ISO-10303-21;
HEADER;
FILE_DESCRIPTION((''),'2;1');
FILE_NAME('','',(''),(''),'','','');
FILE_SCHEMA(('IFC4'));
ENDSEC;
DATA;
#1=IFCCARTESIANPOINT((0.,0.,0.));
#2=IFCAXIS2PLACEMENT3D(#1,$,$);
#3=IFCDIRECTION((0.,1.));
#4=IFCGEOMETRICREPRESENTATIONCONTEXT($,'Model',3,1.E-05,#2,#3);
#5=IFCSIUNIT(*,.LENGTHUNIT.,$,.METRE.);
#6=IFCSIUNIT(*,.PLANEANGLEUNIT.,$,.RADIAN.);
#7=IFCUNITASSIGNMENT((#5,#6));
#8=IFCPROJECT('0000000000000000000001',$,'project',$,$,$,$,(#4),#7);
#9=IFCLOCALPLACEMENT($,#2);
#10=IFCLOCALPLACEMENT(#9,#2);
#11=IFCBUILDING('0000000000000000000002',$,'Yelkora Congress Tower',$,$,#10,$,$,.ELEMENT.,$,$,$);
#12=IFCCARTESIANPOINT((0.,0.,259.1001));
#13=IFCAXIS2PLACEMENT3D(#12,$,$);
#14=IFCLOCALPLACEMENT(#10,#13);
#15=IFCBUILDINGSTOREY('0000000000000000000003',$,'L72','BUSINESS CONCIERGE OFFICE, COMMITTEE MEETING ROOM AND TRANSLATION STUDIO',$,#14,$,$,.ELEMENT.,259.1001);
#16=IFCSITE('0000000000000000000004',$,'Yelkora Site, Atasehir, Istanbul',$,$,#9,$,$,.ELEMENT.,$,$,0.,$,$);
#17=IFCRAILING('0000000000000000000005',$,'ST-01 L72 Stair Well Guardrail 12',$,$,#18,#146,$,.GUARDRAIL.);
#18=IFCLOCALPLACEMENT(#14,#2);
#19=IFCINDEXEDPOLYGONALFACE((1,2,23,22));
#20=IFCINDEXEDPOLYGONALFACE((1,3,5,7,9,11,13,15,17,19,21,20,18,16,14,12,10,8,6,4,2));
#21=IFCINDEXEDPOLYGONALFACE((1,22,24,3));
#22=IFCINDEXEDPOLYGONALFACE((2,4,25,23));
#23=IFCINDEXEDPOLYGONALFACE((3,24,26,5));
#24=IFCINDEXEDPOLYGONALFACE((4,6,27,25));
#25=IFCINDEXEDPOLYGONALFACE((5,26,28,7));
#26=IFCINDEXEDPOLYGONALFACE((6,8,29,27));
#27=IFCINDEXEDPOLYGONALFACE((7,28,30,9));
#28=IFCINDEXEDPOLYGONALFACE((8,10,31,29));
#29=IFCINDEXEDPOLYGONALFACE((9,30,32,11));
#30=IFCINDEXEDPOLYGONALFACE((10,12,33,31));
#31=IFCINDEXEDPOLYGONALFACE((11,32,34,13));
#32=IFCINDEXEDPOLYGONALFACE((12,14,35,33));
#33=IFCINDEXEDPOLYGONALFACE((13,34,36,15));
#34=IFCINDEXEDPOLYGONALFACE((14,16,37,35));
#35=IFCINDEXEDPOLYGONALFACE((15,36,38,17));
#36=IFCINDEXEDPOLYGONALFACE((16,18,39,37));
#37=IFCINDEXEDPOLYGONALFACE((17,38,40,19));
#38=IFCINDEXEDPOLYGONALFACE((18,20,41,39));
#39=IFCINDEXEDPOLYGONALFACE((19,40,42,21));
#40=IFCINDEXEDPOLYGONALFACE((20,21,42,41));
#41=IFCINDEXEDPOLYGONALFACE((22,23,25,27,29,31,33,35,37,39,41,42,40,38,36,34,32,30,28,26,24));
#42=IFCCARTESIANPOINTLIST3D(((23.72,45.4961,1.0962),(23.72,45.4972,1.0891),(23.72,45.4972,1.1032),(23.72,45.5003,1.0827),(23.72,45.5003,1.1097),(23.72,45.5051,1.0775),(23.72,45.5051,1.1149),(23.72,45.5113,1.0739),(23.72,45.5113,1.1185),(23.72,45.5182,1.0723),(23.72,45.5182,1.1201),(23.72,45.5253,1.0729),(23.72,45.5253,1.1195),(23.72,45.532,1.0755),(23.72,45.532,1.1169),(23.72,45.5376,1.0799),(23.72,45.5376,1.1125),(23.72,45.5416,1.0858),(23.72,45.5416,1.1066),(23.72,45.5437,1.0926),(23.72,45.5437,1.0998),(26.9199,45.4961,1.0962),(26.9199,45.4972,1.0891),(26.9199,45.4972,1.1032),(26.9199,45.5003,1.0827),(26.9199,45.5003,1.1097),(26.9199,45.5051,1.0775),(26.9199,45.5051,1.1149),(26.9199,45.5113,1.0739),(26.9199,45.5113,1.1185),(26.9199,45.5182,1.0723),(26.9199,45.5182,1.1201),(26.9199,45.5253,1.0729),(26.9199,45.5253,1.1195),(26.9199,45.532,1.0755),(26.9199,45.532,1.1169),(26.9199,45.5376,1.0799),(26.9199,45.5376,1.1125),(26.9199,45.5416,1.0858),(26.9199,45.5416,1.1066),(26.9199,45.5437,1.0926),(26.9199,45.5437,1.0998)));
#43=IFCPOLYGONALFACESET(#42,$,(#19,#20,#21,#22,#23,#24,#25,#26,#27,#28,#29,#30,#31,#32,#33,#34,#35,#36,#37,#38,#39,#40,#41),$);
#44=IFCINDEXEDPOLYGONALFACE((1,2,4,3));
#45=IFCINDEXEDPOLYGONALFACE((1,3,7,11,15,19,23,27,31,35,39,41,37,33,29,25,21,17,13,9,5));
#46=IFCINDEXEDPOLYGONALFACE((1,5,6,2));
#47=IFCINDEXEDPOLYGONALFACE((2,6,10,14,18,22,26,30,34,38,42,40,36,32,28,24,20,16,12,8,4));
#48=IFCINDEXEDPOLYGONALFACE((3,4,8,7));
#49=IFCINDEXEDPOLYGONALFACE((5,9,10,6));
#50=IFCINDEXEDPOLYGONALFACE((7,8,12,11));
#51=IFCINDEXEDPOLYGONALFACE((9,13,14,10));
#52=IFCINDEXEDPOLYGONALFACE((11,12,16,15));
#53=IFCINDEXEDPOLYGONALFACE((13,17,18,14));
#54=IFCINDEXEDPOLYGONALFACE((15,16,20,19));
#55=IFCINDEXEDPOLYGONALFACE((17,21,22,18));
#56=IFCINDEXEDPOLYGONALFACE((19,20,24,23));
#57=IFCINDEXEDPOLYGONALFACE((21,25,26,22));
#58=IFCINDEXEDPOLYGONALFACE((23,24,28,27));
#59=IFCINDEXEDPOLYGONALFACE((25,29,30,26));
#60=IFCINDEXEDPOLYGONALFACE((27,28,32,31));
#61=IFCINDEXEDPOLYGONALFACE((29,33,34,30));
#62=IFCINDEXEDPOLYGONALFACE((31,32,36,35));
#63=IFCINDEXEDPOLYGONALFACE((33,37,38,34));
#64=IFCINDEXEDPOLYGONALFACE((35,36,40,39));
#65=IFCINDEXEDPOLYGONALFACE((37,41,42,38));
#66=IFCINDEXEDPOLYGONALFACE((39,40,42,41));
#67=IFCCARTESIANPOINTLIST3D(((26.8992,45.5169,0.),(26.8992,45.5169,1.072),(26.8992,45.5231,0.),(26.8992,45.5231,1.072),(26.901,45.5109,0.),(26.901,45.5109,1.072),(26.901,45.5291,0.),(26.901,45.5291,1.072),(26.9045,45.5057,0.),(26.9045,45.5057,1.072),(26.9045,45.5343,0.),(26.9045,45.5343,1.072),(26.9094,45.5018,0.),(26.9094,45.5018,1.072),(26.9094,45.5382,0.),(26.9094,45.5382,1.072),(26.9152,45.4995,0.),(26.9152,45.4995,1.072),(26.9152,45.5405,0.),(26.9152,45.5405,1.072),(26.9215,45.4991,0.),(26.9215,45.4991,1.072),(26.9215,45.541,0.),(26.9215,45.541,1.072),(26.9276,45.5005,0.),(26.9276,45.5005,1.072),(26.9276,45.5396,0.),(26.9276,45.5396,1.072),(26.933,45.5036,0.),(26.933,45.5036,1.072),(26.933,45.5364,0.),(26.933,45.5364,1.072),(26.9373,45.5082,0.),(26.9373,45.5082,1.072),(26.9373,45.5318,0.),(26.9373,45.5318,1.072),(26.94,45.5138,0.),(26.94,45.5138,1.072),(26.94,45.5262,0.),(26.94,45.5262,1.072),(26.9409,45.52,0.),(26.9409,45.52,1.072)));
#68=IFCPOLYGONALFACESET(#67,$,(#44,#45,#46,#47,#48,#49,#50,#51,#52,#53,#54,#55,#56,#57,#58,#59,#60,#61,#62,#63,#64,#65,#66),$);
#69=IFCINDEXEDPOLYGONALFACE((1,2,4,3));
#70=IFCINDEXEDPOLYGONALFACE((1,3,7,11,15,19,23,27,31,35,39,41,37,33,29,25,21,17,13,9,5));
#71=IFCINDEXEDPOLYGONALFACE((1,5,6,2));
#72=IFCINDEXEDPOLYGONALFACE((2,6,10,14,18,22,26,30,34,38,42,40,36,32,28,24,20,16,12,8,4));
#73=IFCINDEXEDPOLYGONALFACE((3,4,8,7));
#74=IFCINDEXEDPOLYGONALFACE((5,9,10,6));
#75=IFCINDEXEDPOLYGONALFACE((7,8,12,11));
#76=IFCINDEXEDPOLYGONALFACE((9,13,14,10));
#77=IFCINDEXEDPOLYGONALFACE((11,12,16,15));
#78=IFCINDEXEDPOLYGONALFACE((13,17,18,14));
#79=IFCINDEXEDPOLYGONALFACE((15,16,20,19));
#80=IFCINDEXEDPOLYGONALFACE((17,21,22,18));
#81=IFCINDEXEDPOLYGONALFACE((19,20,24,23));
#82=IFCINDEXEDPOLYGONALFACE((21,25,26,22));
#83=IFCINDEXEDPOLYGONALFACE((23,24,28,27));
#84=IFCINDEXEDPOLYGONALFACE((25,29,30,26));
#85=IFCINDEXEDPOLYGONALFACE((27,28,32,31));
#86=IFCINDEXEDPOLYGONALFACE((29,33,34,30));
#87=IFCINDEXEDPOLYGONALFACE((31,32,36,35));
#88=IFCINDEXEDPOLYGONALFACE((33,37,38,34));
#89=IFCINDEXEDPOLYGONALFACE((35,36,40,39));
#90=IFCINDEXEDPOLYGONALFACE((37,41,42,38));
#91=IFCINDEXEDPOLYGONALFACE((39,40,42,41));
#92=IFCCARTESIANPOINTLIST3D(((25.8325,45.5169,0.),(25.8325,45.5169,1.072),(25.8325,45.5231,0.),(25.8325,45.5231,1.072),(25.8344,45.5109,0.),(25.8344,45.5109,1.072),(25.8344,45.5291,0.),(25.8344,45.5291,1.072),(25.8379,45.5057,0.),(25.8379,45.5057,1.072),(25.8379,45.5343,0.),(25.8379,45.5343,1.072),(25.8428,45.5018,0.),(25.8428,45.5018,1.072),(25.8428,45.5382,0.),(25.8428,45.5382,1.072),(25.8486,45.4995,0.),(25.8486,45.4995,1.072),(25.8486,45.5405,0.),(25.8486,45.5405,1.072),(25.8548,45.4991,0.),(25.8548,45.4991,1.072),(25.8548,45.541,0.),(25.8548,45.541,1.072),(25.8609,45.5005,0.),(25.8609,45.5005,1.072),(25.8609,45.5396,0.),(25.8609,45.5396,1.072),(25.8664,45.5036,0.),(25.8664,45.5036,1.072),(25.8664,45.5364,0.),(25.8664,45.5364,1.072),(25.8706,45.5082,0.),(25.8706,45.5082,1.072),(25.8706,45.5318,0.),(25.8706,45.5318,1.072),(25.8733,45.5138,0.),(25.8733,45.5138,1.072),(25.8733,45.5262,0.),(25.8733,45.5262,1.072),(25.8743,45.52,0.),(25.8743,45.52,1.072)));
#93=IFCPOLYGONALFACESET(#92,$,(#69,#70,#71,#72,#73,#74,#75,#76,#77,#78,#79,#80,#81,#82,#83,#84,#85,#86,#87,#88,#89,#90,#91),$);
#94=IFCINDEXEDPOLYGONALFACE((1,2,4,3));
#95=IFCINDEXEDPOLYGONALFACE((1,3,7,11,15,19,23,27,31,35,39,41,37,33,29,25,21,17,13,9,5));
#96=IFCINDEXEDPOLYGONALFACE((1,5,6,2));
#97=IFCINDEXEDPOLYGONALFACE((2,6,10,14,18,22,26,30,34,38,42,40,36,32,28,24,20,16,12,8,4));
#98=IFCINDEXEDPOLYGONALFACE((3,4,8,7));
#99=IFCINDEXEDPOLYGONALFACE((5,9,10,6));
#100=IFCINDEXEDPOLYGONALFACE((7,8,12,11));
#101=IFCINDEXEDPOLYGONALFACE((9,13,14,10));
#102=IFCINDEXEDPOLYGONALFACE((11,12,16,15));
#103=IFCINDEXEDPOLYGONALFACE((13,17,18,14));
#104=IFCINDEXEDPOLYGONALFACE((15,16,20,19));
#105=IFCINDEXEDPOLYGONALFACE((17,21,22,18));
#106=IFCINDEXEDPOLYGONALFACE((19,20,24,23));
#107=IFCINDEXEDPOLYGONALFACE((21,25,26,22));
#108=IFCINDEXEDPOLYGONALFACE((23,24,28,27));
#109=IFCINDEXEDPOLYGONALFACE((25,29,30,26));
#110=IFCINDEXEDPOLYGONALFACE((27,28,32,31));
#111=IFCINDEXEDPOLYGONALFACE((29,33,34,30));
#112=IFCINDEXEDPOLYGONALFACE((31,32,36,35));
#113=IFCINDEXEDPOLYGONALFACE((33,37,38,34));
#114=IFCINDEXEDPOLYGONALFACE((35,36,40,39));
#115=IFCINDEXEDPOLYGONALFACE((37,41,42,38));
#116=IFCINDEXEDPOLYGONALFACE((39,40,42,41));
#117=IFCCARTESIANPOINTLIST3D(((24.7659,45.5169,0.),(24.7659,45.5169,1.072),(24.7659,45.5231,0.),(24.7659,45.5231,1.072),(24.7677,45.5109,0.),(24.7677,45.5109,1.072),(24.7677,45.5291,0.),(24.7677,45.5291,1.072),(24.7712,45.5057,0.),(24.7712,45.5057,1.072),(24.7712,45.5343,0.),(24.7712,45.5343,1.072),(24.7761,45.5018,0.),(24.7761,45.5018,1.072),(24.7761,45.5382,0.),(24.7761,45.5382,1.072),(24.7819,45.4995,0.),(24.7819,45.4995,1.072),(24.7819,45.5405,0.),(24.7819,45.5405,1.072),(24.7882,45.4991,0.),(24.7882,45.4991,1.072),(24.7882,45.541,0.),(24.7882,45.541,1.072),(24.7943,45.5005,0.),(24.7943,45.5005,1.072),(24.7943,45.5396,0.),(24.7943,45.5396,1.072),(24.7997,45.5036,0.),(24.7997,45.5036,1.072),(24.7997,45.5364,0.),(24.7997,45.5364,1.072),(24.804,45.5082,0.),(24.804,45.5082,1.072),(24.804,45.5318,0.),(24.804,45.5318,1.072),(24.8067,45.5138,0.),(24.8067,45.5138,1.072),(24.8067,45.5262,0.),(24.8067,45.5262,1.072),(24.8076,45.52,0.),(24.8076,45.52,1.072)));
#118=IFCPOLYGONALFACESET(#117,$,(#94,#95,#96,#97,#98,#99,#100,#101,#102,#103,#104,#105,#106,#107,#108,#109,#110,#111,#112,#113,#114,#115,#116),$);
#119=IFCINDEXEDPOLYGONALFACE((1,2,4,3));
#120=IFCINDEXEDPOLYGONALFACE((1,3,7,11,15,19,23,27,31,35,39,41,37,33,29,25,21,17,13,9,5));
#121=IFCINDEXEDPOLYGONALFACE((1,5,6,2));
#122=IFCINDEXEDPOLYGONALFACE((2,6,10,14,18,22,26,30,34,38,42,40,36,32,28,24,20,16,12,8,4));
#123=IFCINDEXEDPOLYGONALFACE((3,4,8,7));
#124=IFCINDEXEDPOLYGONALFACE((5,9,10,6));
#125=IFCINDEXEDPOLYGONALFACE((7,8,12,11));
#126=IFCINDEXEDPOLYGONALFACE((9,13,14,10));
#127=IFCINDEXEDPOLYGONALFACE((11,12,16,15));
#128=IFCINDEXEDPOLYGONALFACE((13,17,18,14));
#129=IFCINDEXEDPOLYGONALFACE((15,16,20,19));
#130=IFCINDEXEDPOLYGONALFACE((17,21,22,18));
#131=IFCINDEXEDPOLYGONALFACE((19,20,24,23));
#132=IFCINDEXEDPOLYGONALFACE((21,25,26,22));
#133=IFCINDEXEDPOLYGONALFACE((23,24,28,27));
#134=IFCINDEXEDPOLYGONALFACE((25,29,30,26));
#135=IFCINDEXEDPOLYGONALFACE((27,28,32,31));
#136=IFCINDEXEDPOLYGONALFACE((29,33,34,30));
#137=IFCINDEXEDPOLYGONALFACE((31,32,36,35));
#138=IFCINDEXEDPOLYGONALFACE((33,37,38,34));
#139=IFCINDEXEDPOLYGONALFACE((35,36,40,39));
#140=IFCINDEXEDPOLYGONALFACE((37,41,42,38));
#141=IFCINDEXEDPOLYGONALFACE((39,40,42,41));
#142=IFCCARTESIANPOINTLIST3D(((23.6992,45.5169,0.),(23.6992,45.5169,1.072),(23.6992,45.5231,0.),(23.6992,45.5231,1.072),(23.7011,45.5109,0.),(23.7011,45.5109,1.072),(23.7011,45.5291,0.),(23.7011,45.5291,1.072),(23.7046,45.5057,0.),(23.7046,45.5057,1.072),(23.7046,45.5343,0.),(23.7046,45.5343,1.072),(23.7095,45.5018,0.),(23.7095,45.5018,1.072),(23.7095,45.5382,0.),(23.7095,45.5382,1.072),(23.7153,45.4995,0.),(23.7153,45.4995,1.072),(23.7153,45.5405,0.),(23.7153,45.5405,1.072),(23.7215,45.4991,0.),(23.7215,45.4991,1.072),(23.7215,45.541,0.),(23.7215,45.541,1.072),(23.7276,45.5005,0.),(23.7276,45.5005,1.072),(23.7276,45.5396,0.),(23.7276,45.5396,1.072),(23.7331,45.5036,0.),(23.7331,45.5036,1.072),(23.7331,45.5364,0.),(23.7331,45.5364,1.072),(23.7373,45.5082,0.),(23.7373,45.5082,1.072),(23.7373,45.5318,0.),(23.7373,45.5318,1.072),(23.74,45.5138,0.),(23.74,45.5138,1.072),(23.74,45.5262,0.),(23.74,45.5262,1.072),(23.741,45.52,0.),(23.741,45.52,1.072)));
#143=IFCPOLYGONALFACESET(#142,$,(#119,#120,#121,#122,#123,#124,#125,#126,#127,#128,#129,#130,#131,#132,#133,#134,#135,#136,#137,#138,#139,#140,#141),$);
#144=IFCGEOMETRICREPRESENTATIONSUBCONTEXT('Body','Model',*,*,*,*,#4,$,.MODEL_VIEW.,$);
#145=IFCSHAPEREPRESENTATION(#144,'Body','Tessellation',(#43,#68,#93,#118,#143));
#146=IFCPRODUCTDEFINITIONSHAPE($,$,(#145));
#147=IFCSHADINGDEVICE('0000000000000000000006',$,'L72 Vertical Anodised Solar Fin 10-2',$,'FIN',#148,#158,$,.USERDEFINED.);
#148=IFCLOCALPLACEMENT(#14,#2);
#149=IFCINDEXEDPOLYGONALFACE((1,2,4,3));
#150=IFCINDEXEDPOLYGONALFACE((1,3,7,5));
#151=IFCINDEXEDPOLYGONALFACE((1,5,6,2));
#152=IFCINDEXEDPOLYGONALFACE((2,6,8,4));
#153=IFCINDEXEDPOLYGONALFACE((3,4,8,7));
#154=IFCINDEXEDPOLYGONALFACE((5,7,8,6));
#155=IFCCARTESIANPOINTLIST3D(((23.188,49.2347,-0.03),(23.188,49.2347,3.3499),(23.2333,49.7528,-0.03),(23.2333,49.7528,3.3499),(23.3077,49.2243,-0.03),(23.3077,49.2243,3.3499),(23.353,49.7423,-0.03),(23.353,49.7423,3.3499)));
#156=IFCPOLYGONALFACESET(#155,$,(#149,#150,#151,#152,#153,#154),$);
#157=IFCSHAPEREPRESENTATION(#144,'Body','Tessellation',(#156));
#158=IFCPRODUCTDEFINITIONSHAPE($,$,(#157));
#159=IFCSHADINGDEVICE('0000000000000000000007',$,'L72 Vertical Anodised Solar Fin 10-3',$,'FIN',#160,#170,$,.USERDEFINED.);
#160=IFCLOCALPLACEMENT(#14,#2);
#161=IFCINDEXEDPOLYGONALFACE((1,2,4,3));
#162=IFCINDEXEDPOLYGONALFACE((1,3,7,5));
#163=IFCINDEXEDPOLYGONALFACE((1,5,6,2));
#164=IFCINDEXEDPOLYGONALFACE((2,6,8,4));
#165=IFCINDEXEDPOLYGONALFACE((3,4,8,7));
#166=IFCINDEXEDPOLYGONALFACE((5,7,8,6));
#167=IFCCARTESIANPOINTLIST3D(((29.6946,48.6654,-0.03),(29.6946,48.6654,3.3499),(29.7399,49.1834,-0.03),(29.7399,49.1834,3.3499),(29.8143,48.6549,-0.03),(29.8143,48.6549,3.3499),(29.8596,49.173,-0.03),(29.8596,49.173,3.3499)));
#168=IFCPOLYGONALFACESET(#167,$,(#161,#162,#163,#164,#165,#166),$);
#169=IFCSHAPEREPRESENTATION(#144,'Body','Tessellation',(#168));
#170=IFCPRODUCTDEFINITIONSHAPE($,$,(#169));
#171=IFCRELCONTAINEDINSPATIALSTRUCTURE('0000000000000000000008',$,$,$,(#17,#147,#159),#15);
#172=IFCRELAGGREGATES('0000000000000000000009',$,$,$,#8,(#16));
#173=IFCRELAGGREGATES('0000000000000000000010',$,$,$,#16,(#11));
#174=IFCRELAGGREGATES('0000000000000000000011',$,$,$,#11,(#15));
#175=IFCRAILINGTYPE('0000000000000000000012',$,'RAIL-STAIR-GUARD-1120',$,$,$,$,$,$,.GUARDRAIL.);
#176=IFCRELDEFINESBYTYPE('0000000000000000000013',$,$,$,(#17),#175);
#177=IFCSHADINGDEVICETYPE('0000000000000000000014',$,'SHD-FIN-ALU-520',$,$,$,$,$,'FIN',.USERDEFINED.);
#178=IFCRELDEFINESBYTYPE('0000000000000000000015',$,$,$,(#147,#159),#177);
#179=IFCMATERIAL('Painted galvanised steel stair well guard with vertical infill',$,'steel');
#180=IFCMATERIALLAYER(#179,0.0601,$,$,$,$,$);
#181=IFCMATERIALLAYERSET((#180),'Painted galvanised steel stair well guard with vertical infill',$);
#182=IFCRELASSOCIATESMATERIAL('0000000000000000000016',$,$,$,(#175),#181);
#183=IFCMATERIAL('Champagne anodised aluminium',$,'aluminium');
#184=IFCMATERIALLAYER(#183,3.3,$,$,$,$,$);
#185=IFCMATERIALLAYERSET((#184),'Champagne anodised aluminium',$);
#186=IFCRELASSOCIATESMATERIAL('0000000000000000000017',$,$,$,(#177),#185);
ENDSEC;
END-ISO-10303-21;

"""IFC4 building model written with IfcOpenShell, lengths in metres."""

from ifc_helpers import new_model, si_unit, direction, frame, origin, origin_2d, place, context, subcontext, project, spatial, rectangle, circle, extrude, material, layer, layer_set, type_object, element, save


model = new_model("IFC4")

# Units and contexts
model_context = context("Model", 3, precision=1e-05, world=origin(), true_north=direction((0.0, 1.0)))
body_context = subcontext(model_context, "Body", "Model", "MODEL_VIEW")
ifc_project = project(units=[si_unit("LENGTHUNIT", "METRE"), si_unit("PLANEANGLEUNIT", "RADIAN")], contexts=[model_context])

# Site, building, storey
site_placement = place(None, origin())
site = spatial("IfcSite", under=ifc_project, at=site_placement, Name="Yelkora Site, Atasehir, Istanbul", CompositionType="ELEMENT", RefElevation=0.0)
building_placement = place(site_placement, origin())
building = spatial("IfcBuilding", under=site, at=building_placement, Name="Yelkora Congress Tower", CompositionType="ELEMENT")
storey_placement = place(building_placement, frame((0.0, 0.0, 259.1001)))
storey = spatial("IfcBuildingStorey", under=building, at=storey_placement, Name="L72", Description="BUSINESS CONCIERGE OFFICE, COMMITTEE MEETING ROOM AND TRANSLATION STUDIO", CompositionType="ELEMENT", Elevation=259.1001)

# Railing
ifc_material_1 = material(Name="Painted galvanised steel stair well guard with vertical infill", Category="steel")
ifc_layer_1 = layer(ifc_material_1, 0.0601)
ifc_layer_set_1 = layer_set([ifc_layer_1], Name="Painted galvanised steel stair well guard with vertical infill")
railing_type = type_object("IfcRailingType", Name="RAIL-STAIR-GUARD-1120", PredefinedType="GUARDRAIL", material=ifc_layer_set_1)
railing_1_placement = place(storey_placement, frame((26.9199, 45.52, 0.0)))
element("IfcRailing", 1, at=railing_1_placement, inside=storey, type_object=railing_type, Name="ST-01 L72 Stair Well Guardrail 12", PredefinedType="GUARDRAIL", context=body_context, shape_type="SweptSolid", body=[
    extrude(circle(Radius=0.0239, at=origin_2d()), frame((0.0, 0.0, 1.0962), z_axis=(-1.0, 0.0, 0.0), x_axis=(0.0, -1.0, 0.0)), (0.0, 0.0, 1.0), 3.2),
    extrude(circle(Radius=0.021, at=origin_2d()), origin(), (0.0, 0.0, 1.0), 1.072),
    extrude(circle(Radius=0.021, at=origin_2d()), frame((-1.0667, 0.0, 0.0)), (0.0, 0.0, 1.0), 1.072),
    extrude(circle(Radius=0.021, at=origin_2d()), frame((-2.1333, 0.0, 0.0)), (0.0, 0.0, 1.0), 1.072),
    extrude(circle(Radius=0.021, at=origin_2d()), frame((-3.2, 0.0, 0.0)), (0.0, 0.0, 1.0), 1.072),
])

# Shading devices
ifc_material_2 = material(Name="Champagne anodised aluminium", Category="aluminium")
ifc_layer_2 = layer(ifc_material_2, 3.3)
ifc_layer_set_2 = layer_set([ifc_layer_2], Name="Champagne anodised aluminium")
shading_device_type = type_object("IfcShadingDeviceType", Name="SHD-FIN-ALU-520", ElementType="FIN", PredefinedType="USERDEFINED", material=ifc_layer_set_2)
for number, where, z_axis, x_axis, name in (
    (2, (23.2705, 49.4885, -0.03), (0.0, 0.0, 1.0), (0.996195, -0.087156, 0.0), "L72 Vertical Anodised Solar Fin 10-2"),
    (3, (29.7771, 48.9192, -0.03), (0.0, 0.0, 1.0), (0.996195, -0.087156, 0.0), "L72 Vertical Anodised Solar Fin 10-3"),
):
    element("IfcShadingDevice", number, at=place(storey_placement, frame(where, z_axis=z_axis, x_axis=x_axis)), inside=storey, type_object=shading_device_type, Name=name, ObjectType="FIN", PredefinedType="USERDEFINED", context=body_context, shape_type="SweptSolid", body=[
        extrude(rectangle(XDim=0.1201, YDim=0.52, at=origin_2d()), origin(), (0.0, 0.0, 1.0), 3.3799),
    ])

save(model, "model.ifc")
